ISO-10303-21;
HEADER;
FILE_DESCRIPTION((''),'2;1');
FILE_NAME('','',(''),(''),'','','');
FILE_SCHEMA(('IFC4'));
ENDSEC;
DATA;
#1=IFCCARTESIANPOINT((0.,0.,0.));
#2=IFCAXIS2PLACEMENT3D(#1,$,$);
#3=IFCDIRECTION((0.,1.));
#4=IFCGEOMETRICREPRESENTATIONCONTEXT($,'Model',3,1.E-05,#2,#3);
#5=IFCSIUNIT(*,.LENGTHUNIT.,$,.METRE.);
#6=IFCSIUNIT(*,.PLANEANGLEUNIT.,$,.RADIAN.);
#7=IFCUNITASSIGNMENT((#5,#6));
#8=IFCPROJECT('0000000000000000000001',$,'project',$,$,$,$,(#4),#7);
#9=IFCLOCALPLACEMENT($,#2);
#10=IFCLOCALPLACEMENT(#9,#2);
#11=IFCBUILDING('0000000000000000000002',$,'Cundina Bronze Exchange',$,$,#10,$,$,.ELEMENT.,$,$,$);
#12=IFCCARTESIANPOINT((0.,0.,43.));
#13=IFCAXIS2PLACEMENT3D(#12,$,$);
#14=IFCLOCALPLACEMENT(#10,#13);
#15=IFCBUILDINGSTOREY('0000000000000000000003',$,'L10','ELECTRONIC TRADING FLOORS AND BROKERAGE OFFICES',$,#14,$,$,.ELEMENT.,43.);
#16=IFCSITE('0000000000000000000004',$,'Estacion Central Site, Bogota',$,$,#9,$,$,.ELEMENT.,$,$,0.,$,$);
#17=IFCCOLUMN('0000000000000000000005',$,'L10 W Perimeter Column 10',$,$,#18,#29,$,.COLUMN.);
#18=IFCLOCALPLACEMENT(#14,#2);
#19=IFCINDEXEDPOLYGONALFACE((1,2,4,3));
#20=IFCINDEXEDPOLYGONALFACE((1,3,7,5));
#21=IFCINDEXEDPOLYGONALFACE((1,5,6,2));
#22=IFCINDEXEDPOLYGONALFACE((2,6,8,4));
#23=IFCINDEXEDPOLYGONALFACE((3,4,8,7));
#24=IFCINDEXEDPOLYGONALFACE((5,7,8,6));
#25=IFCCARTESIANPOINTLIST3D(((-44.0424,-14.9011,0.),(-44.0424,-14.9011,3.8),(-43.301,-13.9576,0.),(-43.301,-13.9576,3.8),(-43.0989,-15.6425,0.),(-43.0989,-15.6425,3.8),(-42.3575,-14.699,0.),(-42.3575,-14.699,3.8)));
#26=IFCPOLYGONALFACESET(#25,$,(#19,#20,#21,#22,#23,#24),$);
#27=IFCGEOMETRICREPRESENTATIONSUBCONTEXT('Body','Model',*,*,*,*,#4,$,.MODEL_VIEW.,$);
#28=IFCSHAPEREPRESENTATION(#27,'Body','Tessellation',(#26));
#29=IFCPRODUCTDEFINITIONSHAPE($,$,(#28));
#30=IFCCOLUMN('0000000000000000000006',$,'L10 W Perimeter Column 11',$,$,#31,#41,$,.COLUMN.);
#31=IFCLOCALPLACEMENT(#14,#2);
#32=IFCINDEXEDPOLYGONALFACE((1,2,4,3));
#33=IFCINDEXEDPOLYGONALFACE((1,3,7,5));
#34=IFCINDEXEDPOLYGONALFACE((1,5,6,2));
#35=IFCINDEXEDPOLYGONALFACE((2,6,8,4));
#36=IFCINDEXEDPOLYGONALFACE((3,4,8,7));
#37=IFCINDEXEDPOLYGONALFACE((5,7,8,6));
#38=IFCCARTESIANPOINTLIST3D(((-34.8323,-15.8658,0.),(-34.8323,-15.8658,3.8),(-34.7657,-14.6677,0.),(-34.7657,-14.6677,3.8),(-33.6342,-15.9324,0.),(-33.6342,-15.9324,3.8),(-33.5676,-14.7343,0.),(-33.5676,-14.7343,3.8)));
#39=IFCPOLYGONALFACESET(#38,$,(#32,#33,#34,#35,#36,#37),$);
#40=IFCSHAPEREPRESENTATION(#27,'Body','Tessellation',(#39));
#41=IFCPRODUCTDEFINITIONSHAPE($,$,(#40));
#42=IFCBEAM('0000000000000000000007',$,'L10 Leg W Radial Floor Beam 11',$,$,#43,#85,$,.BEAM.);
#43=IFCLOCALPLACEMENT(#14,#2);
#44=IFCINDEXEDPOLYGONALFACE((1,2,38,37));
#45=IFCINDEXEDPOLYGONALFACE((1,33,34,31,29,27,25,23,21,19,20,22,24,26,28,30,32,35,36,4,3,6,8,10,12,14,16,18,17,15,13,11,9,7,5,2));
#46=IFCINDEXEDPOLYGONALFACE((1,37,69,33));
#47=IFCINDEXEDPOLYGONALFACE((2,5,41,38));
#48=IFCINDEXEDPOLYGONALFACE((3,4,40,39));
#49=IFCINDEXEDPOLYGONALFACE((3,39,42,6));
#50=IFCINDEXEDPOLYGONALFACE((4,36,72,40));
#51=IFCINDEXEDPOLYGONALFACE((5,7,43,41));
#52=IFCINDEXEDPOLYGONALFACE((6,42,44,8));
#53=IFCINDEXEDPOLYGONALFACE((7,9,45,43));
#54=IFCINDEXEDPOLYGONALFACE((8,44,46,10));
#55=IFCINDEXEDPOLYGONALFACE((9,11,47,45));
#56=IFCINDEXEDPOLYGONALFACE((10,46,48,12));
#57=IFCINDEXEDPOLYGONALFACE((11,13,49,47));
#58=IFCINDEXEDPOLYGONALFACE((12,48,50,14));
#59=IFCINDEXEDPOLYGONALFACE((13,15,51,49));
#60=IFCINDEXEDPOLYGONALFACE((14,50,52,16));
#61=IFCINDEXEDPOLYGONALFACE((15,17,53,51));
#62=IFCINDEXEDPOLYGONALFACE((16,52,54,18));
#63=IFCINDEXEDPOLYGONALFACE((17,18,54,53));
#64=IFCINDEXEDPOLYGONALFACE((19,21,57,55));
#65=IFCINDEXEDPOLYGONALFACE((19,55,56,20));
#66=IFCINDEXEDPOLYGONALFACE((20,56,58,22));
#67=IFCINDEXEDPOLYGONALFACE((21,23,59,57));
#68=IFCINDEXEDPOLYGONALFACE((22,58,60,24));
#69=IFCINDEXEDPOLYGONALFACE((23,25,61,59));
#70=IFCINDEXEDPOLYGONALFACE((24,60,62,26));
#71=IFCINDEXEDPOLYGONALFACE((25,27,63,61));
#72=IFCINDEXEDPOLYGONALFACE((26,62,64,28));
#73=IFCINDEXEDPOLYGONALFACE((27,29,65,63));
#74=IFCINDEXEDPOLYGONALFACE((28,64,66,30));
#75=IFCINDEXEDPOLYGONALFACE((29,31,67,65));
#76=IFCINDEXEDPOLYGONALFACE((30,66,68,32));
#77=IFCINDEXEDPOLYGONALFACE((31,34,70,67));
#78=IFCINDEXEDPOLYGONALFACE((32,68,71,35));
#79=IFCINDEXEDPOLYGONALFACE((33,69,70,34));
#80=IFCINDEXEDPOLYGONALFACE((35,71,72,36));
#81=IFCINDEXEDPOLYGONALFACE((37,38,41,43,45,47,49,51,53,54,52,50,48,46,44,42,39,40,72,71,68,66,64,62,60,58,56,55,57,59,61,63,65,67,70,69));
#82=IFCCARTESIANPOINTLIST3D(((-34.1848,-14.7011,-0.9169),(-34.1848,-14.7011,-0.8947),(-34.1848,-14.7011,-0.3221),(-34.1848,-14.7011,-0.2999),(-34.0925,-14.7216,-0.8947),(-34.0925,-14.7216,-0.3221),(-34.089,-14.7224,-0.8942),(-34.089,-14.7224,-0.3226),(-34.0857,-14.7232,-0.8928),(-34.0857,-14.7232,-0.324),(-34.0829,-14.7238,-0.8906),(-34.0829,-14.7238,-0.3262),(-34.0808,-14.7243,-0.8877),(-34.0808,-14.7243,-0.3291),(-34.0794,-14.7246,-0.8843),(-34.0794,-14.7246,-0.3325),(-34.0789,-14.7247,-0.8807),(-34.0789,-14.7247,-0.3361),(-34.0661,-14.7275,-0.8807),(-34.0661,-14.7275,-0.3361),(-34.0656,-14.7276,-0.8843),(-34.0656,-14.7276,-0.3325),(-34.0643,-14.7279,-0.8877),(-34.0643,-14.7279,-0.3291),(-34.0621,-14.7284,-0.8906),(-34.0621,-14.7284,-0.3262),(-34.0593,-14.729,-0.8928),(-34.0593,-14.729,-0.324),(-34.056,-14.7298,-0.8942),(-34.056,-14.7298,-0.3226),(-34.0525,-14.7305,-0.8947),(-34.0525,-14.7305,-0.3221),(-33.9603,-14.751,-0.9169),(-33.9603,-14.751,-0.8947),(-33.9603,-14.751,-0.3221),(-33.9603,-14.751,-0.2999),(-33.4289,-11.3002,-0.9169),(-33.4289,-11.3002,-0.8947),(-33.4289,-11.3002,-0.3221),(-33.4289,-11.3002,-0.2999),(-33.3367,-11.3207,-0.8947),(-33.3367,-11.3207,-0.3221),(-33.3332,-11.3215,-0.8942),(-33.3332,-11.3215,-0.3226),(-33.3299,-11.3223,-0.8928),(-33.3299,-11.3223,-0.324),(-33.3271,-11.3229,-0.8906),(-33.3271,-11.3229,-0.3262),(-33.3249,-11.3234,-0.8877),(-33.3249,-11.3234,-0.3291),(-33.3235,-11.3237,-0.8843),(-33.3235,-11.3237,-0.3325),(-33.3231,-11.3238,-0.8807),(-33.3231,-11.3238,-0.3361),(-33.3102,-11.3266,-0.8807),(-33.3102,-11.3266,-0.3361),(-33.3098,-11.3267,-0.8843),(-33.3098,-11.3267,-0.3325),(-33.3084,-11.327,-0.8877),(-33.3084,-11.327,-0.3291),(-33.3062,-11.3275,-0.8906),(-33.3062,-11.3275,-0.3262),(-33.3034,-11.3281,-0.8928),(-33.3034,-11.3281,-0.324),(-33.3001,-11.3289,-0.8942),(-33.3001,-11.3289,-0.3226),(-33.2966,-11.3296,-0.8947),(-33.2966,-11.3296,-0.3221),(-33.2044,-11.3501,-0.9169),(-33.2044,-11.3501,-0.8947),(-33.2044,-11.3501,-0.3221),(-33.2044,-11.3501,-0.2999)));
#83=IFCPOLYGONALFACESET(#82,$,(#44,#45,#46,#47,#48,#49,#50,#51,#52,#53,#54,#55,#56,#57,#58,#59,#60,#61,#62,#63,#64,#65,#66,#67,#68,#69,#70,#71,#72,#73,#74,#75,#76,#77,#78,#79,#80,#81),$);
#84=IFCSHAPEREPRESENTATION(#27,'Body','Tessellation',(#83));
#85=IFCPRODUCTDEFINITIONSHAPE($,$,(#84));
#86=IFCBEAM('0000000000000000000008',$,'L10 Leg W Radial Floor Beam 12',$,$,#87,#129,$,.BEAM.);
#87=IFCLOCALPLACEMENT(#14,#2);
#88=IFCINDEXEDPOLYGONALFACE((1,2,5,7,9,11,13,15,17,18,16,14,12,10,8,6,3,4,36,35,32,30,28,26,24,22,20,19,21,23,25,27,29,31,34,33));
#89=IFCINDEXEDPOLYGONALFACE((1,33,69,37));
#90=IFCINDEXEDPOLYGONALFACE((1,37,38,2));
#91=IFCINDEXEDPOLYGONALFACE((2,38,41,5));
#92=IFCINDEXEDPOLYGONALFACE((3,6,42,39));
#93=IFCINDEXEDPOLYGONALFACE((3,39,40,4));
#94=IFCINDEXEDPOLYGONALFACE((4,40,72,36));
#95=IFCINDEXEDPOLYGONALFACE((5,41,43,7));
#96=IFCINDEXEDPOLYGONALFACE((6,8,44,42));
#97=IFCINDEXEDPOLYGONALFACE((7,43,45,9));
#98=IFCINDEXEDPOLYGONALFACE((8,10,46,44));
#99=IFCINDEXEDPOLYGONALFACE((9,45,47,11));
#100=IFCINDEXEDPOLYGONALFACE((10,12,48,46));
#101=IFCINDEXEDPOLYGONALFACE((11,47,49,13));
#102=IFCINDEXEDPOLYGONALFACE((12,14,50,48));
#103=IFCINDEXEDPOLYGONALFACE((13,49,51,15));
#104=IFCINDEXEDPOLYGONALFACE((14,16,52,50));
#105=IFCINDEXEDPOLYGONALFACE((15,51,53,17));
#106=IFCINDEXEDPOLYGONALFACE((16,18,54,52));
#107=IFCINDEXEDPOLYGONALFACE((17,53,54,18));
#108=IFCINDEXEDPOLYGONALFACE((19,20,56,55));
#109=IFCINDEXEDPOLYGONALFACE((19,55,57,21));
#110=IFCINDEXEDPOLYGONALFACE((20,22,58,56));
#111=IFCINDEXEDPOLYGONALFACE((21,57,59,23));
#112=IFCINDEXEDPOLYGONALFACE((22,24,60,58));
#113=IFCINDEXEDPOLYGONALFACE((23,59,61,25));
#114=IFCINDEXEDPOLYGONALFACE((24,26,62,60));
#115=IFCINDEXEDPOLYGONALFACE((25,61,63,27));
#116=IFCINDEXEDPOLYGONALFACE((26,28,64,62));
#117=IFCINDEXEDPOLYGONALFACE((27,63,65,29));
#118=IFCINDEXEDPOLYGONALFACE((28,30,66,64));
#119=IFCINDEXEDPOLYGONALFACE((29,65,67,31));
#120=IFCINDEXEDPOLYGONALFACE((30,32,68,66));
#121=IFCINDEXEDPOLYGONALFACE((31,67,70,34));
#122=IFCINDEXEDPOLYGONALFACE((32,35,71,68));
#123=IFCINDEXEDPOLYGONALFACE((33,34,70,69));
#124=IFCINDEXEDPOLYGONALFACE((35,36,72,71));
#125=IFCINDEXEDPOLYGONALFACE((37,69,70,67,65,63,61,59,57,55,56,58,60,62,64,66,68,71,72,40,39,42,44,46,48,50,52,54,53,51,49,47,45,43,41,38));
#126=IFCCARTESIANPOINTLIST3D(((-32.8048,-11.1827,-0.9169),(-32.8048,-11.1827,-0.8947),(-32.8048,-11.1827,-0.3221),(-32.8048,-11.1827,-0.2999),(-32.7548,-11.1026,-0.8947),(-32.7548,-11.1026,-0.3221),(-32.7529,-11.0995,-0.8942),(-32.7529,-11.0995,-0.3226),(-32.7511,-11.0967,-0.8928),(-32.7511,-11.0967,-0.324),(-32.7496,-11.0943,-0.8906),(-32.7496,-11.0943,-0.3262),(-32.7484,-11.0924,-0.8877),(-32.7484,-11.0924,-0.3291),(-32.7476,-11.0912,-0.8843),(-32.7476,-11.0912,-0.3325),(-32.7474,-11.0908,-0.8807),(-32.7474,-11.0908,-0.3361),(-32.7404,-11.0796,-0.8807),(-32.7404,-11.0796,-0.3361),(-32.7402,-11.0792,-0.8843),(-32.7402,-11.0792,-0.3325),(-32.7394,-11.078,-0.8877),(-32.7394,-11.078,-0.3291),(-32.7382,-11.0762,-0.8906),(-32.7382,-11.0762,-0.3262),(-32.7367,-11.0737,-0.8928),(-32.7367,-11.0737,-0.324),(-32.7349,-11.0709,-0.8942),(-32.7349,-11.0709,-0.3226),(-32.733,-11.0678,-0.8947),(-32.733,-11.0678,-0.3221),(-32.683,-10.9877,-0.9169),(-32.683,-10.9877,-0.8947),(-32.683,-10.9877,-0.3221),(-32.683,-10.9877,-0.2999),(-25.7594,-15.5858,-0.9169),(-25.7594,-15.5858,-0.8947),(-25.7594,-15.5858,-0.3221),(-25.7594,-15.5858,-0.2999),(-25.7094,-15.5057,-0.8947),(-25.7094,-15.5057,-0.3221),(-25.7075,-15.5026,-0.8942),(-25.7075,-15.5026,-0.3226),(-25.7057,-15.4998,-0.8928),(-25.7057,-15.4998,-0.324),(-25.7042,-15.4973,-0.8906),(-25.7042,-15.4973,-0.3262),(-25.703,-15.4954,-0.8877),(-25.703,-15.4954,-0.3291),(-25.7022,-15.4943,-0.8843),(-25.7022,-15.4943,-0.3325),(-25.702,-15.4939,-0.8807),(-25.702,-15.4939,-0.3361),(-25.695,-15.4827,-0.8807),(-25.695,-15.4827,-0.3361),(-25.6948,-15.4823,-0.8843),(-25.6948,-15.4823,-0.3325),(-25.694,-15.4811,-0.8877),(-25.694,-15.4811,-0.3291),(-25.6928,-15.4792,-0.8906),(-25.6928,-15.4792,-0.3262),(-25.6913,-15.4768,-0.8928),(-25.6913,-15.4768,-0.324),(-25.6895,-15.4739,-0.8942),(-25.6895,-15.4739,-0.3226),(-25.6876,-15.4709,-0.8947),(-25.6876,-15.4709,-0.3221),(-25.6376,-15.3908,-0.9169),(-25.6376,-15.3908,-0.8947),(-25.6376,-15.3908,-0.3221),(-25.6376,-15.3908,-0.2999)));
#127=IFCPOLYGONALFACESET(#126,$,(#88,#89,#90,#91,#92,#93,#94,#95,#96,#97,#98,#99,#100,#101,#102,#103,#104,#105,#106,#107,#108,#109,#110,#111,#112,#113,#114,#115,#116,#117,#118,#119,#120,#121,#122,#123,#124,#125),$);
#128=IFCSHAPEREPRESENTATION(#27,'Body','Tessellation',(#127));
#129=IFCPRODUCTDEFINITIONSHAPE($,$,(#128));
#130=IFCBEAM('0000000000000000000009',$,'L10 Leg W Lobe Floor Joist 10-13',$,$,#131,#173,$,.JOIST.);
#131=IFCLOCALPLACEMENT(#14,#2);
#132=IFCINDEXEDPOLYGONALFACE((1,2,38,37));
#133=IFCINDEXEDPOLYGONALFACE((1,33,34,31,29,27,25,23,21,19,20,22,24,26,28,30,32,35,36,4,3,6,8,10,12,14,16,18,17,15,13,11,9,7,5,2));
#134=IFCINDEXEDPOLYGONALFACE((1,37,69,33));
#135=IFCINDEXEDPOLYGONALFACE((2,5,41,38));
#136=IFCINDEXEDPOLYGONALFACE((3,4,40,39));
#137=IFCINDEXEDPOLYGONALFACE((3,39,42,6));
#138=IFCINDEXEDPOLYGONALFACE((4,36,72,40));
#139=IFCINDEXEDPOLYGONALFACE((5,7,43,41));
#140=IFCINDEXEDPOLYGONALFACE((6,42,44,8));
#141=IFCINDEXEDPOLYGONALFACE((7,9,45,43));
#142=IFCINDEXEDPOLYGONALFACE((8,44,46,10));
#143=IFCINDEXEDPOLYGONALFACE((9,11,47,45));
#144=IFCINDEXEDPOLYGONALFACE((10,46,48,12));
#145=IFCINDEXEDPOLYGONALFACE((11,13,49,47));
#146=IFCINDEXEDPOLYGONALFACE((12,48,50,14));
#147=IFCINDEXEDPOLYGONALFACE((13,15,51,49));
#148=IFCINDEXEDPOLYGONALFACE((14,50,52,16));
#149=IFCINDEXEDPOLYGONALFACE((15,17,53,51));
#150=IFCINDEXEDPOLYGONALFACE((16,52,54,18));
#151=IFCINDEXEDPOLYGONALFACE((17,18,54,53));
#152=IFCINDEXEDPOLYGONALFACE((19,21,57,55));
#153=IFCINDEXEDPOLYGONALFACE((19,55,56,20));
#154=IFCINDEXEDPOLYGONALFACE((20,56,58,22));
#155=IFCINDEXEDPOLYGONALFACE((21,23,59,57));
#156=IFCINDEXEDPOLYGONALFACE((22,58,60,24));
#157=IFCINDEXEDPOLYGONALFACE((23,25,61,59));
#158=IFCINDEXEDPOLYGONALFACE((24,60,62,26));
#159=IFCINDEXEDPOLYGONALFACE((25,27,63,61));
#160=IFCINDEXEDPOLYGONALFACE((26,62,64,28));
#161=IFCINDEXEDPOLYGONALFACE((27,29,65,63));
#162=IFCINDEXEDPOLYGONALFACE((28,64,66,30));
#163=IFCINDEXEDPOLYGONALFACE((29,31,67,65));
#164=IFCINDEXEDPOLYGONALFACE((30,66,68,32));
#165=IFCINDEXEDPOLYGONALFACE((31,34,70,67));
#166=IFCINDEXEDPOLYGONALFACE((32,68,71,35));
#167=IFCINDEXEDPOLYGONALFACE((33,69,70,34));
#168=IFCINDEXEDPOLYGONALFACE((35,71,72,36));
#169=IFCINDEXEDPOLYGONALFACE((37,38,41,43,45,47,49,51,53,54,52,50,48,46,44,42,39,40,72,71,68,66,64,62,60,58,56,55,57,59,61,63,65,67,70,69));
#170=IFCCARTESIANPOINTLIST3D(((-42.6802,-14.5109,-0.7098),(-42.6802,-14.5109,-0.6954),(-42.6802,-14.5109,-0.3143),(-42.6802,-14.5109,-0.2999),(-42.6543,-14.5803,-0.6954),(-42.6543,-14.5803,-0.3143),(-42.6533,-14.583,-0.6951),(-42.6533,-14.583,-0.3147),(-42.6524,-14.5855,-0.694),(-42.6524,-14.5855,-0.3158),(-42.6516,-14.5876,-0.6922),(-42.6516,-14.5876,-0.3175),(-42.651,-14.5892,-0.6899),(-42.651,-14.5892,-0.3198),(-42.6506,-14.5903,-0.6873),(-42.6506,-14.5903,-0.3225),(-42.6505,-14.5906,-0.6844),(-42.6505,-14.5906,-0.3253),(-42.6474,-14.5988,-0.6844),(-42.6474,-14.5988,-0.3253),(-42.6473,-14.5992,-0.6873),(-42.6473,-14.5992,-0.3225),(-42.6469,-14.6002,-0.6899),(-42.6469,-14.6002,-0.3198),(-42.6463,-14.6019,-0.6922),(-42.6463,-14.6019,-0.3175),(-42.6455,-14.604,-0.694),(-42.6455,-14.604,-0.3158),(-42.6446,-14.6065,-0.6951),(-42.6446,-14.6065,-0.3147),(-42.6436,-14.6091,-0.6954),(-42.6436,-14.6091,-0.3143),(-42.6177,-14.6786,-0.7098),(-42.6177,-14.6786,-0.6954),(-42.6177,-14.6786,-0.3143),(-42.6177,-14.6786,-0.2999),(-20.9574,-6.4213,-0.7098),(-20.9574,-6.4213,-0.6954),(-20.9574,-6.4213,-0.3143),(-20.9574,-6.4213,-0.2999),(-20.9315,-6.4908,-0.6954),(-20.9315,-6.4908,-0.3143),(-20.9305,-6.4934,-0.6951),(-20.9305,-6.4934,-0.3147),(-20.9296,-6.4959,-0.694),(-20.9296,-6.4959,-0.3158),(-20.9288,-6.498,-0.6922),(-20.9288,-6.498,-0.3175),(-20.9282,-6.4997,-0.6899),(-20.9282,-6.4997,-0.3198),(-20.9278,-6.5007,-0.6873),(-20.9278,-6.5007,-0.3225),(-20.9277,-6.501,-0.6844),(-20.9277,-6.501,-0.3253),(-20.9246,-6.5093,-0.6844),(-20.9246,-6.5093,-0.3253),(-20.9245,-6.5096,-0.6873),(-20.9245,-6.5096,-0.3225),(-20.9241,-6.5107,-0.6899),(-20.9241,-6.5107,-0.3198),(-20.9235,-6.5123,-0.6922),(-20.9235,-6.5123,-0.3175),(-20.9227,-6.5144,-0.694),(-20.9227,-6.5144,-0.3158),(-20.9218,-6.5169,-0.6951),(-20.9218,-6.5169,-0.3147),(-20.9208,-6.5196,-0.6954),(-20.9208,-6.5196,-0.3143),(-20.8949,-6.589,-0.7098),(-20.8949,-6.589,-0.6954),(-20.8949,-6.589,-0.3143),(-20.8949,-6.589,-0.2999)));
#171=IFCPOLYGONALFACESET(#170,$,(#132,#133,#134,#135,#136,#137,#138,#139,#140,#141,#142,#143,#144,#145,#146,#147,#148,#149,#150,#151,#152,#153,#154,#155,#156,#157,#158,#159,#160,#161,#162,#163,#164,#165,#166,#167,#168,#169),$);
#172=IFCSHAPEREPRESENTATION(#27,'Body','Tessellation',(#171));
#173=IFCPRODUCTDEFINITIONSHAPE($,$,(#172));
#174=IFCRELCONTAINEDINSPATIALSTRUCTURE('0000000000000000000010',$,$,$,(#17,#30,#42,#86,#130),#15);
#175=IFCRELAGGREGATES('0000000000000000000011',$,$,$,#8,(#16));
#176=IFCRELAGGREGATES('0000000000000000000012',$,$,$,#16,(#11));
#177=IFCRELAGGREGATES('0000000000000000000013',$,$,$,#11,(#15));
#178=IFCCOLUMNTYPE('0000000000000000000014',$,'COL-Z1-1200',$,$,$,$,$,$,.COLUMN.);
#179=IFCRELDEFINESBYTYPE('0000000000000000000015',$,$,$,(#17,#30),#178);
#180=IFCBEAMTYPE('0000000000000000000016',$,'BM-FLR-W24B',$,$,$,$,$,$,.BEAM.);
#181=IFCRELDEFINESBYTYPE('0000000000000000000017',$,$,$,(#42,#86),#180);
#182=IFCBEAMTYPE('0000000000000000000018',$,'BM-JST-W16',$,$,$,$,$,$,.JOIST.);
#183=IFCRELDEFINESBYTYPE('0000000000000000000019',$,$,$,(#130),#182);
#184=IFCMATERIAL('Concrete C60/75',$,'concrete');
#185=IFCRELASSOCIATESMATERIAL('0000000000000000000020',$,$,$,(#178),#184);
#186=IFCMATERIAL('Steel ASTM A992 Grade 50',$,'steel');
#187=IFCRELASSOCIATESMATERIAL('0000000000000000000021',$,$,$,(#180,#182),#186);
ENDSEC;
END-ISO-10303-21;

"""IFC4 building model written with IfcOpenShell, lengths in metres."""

from ifc_helpers import new_model, si_unit, direction, frame, origin, origin_2d, place, context, subcontext, project, spatial, rectangle, i_section, extrude, material, material_profile, profile_set, type_object, element, save


model = new_model("IFC4")

# Units and contexts
model_context = context("Model", 3, precision=1e-05, world=origin(), true_north=direction((0.0, 1.0)))
body_context = subcontext(model_context, "Body", "Model", "MODEL_VIEW")
ifc_project = project(units=[si_unit("LENGTHUNIT", "METRE"), si_unit("PLANEANGLEUNIT", "RADIAN")], contexts=[model_context])

# Site, building, storey
site_placement = place(None, origin())
site = spatial("IfcSite", under=ifc_project, at=site_placement, Name="Estacion Central Site, Bogota", CompositionType="ELEMENT", RefElevation=0.0)
building_placement = place(site_placement, origin())
building = spatial("IfcBuilding", under=site, at=building_placement, Name="Cundina Bronze Exchange", CompositionType="ELEMENT")
storey_placement = place(building_placement, frame((0.0, 0.0, 43.0)))
storey = spatial("IfcBuildingStorey", under=building, at=storey_placement, Name="L10", Description="ELECTRONIC TRADING FLOORS AND BROKERAGE OFFICES", CompositionType="ELEMENT", Elevation=43.0)

# Columns
ifc_material_1 = material(Name="Concrete C60/75", Category="concrete")
ifc_material_profile_1 = material_profile(ifc_material_1, rectangle(XDim=1.2, YDim=1.2, at=origin_2d()), Name="RC1200X1200", Category="concrete")
ifc_profile_set_1 = profile_set([ifc_material_profile_1], Name="Concrete C60/75")
column_type = type_object("IfcColumnType", Name="COL-Z1-1200", PredefinedType="COLUMN", material=ifc_profile_set_1)
for number, where, z_axis, x_axis, name in (
    (1, (-43.2, -14.8, 0.0), (0.0, 0.0, 1.0), (0.786288, -0.61786, 0.0), "L10 W Perimeter Column 10"),
    (2, (-34.2, -15.3, 0.0), (0.0, 0.0, 1.0), (0.99846, -0.055473, 0.0), "L10 W Perimeter Column 11"),
):
    element("IfcColumn", number, at=place(storey_placement, frame(where, z_axis=z_axis, x_axis=x_axis)), inside=storey, type_object=column_type, Name=name, PredefinedType="COLUMN", context=body_context, shape_type="SweptSolid", body=[
        extrude(rectangle(XDim=1.2, YDim=1.2, at=origin_2d()), origin(), (0.0, 0.0, 1.0), 3.8),
    ])

# Beams
ifc_material_2 = material(Name="Steel ASTM A992 Grade 50", Category="steel")
ifc_material_profile_2 = material_profile(ifc_material_2, i_section(OverallWidth=0.23, OverallDepth=0.6169, WebThickness=0.0132, FlangeThickness=0.0222, FilletRadius=0.0139, at=origin_2d()), Name="W24X94", Category="steel")
ifc_profile_set_2 = profile_set([ifc_material_profile_2], Name="Steel ASTM A992 Grade 50")
beam_type_1 = type_object("IfcBeamType", Name="BM-FLR-W24B", PredefinedType="BEAM", material=ifc_profile_set_2)
beam_1_placement = place(storey_placement, frame((-33.3167, -11.3252, -0.6084), z_axis=(-0.21696, -0.97618, 0.0), x_axis=(0.97618, -0.21696, 0.0)))
element("IfcBeam", 3, at=beam_1_placement, inside=storey, type_object=beam_type_1, Name="L10 Leg W Radial Floor Beam 11", PredefinedType="BEAM", context=body_context, shape_type="SweptSolid", body=[
    extrude(i_section(OverallWidth=0.23, OverallDepth=0.6169, WebThickness=0.0132, FlangeThickness=0.0222, FilletRadius=0.0139, at=origin_2d()), origin(), (0.0, 0.0, 1.0), 3.4839),
])
beam_2_placement = place(storey_placement, frame((-32.7439, -11.0852, -0.6084), z_axis=(0.848015, -0.529973, 0.0), x_axis=(0.529973, 0.848015, 0.0)))
element("IfcBeam", 4, at=beam_2_placement, inside=storey, type_object=beam_type_1, Name="L10 Leg W Radial Floor Beam 12", PredefinedType="BEAM", context=body_context, shape_type="SweptSolid", body=[
    extrude(i_section(OverallWidth=0.23, OverallDepth=0.6169, WebThickness=0.0132, FlangeThickness=0.0222, FilletRadius=0.0139, at=origin_2d()), origin(), (0.0, 0.0, 1.0), 8.3081),
])
ifc_material_profile_3 = material_profile(ifc_material_2, i_section(OverallWidth=0.179, OverallDepth=0.4099, WebThickness=0.0088, FlangeThickness=0.0144, FilletRadius=0.011, at=origin_2d()), Name="W16X45", Category="steel")
ifc_profile_set_3 = profile_set([ifc_material_profile_3], Name="Steel ASTM A992 Grade 50")
beam_type_2 = type_object("IfcBeamType", Name="BM-JST-W16", PredefinedType="JOIST", material=ifc_profile_set_3)
beam_3_placement = place(storey_placement, frame((-42.6489, -14.5947, -0.5049), z_axis=(0.937128, 0.348986, 0.0), x_axis=(-0.348986, 0.937128, 0.0)))
element("IfcBeam", 5, at=beam_3_placement, inside=storey, type_object=beam_type_2, Name="L10 Leg W Lobe Floor Joist 10-13", PredefinedType="JOIST", context=body_context, shape_type="SweptSolid", body=[
    extrude(i_section(OverallWidth=0.179, OverallDepth=0.4099, WebThickness=0.0088, FlangeThickness=0.0144, FilletRadius=0.011, at=origin_2d()), origin(), (0.0, 0.0, 1.0), 23.1802),
])

save(model, "model.ifc")
